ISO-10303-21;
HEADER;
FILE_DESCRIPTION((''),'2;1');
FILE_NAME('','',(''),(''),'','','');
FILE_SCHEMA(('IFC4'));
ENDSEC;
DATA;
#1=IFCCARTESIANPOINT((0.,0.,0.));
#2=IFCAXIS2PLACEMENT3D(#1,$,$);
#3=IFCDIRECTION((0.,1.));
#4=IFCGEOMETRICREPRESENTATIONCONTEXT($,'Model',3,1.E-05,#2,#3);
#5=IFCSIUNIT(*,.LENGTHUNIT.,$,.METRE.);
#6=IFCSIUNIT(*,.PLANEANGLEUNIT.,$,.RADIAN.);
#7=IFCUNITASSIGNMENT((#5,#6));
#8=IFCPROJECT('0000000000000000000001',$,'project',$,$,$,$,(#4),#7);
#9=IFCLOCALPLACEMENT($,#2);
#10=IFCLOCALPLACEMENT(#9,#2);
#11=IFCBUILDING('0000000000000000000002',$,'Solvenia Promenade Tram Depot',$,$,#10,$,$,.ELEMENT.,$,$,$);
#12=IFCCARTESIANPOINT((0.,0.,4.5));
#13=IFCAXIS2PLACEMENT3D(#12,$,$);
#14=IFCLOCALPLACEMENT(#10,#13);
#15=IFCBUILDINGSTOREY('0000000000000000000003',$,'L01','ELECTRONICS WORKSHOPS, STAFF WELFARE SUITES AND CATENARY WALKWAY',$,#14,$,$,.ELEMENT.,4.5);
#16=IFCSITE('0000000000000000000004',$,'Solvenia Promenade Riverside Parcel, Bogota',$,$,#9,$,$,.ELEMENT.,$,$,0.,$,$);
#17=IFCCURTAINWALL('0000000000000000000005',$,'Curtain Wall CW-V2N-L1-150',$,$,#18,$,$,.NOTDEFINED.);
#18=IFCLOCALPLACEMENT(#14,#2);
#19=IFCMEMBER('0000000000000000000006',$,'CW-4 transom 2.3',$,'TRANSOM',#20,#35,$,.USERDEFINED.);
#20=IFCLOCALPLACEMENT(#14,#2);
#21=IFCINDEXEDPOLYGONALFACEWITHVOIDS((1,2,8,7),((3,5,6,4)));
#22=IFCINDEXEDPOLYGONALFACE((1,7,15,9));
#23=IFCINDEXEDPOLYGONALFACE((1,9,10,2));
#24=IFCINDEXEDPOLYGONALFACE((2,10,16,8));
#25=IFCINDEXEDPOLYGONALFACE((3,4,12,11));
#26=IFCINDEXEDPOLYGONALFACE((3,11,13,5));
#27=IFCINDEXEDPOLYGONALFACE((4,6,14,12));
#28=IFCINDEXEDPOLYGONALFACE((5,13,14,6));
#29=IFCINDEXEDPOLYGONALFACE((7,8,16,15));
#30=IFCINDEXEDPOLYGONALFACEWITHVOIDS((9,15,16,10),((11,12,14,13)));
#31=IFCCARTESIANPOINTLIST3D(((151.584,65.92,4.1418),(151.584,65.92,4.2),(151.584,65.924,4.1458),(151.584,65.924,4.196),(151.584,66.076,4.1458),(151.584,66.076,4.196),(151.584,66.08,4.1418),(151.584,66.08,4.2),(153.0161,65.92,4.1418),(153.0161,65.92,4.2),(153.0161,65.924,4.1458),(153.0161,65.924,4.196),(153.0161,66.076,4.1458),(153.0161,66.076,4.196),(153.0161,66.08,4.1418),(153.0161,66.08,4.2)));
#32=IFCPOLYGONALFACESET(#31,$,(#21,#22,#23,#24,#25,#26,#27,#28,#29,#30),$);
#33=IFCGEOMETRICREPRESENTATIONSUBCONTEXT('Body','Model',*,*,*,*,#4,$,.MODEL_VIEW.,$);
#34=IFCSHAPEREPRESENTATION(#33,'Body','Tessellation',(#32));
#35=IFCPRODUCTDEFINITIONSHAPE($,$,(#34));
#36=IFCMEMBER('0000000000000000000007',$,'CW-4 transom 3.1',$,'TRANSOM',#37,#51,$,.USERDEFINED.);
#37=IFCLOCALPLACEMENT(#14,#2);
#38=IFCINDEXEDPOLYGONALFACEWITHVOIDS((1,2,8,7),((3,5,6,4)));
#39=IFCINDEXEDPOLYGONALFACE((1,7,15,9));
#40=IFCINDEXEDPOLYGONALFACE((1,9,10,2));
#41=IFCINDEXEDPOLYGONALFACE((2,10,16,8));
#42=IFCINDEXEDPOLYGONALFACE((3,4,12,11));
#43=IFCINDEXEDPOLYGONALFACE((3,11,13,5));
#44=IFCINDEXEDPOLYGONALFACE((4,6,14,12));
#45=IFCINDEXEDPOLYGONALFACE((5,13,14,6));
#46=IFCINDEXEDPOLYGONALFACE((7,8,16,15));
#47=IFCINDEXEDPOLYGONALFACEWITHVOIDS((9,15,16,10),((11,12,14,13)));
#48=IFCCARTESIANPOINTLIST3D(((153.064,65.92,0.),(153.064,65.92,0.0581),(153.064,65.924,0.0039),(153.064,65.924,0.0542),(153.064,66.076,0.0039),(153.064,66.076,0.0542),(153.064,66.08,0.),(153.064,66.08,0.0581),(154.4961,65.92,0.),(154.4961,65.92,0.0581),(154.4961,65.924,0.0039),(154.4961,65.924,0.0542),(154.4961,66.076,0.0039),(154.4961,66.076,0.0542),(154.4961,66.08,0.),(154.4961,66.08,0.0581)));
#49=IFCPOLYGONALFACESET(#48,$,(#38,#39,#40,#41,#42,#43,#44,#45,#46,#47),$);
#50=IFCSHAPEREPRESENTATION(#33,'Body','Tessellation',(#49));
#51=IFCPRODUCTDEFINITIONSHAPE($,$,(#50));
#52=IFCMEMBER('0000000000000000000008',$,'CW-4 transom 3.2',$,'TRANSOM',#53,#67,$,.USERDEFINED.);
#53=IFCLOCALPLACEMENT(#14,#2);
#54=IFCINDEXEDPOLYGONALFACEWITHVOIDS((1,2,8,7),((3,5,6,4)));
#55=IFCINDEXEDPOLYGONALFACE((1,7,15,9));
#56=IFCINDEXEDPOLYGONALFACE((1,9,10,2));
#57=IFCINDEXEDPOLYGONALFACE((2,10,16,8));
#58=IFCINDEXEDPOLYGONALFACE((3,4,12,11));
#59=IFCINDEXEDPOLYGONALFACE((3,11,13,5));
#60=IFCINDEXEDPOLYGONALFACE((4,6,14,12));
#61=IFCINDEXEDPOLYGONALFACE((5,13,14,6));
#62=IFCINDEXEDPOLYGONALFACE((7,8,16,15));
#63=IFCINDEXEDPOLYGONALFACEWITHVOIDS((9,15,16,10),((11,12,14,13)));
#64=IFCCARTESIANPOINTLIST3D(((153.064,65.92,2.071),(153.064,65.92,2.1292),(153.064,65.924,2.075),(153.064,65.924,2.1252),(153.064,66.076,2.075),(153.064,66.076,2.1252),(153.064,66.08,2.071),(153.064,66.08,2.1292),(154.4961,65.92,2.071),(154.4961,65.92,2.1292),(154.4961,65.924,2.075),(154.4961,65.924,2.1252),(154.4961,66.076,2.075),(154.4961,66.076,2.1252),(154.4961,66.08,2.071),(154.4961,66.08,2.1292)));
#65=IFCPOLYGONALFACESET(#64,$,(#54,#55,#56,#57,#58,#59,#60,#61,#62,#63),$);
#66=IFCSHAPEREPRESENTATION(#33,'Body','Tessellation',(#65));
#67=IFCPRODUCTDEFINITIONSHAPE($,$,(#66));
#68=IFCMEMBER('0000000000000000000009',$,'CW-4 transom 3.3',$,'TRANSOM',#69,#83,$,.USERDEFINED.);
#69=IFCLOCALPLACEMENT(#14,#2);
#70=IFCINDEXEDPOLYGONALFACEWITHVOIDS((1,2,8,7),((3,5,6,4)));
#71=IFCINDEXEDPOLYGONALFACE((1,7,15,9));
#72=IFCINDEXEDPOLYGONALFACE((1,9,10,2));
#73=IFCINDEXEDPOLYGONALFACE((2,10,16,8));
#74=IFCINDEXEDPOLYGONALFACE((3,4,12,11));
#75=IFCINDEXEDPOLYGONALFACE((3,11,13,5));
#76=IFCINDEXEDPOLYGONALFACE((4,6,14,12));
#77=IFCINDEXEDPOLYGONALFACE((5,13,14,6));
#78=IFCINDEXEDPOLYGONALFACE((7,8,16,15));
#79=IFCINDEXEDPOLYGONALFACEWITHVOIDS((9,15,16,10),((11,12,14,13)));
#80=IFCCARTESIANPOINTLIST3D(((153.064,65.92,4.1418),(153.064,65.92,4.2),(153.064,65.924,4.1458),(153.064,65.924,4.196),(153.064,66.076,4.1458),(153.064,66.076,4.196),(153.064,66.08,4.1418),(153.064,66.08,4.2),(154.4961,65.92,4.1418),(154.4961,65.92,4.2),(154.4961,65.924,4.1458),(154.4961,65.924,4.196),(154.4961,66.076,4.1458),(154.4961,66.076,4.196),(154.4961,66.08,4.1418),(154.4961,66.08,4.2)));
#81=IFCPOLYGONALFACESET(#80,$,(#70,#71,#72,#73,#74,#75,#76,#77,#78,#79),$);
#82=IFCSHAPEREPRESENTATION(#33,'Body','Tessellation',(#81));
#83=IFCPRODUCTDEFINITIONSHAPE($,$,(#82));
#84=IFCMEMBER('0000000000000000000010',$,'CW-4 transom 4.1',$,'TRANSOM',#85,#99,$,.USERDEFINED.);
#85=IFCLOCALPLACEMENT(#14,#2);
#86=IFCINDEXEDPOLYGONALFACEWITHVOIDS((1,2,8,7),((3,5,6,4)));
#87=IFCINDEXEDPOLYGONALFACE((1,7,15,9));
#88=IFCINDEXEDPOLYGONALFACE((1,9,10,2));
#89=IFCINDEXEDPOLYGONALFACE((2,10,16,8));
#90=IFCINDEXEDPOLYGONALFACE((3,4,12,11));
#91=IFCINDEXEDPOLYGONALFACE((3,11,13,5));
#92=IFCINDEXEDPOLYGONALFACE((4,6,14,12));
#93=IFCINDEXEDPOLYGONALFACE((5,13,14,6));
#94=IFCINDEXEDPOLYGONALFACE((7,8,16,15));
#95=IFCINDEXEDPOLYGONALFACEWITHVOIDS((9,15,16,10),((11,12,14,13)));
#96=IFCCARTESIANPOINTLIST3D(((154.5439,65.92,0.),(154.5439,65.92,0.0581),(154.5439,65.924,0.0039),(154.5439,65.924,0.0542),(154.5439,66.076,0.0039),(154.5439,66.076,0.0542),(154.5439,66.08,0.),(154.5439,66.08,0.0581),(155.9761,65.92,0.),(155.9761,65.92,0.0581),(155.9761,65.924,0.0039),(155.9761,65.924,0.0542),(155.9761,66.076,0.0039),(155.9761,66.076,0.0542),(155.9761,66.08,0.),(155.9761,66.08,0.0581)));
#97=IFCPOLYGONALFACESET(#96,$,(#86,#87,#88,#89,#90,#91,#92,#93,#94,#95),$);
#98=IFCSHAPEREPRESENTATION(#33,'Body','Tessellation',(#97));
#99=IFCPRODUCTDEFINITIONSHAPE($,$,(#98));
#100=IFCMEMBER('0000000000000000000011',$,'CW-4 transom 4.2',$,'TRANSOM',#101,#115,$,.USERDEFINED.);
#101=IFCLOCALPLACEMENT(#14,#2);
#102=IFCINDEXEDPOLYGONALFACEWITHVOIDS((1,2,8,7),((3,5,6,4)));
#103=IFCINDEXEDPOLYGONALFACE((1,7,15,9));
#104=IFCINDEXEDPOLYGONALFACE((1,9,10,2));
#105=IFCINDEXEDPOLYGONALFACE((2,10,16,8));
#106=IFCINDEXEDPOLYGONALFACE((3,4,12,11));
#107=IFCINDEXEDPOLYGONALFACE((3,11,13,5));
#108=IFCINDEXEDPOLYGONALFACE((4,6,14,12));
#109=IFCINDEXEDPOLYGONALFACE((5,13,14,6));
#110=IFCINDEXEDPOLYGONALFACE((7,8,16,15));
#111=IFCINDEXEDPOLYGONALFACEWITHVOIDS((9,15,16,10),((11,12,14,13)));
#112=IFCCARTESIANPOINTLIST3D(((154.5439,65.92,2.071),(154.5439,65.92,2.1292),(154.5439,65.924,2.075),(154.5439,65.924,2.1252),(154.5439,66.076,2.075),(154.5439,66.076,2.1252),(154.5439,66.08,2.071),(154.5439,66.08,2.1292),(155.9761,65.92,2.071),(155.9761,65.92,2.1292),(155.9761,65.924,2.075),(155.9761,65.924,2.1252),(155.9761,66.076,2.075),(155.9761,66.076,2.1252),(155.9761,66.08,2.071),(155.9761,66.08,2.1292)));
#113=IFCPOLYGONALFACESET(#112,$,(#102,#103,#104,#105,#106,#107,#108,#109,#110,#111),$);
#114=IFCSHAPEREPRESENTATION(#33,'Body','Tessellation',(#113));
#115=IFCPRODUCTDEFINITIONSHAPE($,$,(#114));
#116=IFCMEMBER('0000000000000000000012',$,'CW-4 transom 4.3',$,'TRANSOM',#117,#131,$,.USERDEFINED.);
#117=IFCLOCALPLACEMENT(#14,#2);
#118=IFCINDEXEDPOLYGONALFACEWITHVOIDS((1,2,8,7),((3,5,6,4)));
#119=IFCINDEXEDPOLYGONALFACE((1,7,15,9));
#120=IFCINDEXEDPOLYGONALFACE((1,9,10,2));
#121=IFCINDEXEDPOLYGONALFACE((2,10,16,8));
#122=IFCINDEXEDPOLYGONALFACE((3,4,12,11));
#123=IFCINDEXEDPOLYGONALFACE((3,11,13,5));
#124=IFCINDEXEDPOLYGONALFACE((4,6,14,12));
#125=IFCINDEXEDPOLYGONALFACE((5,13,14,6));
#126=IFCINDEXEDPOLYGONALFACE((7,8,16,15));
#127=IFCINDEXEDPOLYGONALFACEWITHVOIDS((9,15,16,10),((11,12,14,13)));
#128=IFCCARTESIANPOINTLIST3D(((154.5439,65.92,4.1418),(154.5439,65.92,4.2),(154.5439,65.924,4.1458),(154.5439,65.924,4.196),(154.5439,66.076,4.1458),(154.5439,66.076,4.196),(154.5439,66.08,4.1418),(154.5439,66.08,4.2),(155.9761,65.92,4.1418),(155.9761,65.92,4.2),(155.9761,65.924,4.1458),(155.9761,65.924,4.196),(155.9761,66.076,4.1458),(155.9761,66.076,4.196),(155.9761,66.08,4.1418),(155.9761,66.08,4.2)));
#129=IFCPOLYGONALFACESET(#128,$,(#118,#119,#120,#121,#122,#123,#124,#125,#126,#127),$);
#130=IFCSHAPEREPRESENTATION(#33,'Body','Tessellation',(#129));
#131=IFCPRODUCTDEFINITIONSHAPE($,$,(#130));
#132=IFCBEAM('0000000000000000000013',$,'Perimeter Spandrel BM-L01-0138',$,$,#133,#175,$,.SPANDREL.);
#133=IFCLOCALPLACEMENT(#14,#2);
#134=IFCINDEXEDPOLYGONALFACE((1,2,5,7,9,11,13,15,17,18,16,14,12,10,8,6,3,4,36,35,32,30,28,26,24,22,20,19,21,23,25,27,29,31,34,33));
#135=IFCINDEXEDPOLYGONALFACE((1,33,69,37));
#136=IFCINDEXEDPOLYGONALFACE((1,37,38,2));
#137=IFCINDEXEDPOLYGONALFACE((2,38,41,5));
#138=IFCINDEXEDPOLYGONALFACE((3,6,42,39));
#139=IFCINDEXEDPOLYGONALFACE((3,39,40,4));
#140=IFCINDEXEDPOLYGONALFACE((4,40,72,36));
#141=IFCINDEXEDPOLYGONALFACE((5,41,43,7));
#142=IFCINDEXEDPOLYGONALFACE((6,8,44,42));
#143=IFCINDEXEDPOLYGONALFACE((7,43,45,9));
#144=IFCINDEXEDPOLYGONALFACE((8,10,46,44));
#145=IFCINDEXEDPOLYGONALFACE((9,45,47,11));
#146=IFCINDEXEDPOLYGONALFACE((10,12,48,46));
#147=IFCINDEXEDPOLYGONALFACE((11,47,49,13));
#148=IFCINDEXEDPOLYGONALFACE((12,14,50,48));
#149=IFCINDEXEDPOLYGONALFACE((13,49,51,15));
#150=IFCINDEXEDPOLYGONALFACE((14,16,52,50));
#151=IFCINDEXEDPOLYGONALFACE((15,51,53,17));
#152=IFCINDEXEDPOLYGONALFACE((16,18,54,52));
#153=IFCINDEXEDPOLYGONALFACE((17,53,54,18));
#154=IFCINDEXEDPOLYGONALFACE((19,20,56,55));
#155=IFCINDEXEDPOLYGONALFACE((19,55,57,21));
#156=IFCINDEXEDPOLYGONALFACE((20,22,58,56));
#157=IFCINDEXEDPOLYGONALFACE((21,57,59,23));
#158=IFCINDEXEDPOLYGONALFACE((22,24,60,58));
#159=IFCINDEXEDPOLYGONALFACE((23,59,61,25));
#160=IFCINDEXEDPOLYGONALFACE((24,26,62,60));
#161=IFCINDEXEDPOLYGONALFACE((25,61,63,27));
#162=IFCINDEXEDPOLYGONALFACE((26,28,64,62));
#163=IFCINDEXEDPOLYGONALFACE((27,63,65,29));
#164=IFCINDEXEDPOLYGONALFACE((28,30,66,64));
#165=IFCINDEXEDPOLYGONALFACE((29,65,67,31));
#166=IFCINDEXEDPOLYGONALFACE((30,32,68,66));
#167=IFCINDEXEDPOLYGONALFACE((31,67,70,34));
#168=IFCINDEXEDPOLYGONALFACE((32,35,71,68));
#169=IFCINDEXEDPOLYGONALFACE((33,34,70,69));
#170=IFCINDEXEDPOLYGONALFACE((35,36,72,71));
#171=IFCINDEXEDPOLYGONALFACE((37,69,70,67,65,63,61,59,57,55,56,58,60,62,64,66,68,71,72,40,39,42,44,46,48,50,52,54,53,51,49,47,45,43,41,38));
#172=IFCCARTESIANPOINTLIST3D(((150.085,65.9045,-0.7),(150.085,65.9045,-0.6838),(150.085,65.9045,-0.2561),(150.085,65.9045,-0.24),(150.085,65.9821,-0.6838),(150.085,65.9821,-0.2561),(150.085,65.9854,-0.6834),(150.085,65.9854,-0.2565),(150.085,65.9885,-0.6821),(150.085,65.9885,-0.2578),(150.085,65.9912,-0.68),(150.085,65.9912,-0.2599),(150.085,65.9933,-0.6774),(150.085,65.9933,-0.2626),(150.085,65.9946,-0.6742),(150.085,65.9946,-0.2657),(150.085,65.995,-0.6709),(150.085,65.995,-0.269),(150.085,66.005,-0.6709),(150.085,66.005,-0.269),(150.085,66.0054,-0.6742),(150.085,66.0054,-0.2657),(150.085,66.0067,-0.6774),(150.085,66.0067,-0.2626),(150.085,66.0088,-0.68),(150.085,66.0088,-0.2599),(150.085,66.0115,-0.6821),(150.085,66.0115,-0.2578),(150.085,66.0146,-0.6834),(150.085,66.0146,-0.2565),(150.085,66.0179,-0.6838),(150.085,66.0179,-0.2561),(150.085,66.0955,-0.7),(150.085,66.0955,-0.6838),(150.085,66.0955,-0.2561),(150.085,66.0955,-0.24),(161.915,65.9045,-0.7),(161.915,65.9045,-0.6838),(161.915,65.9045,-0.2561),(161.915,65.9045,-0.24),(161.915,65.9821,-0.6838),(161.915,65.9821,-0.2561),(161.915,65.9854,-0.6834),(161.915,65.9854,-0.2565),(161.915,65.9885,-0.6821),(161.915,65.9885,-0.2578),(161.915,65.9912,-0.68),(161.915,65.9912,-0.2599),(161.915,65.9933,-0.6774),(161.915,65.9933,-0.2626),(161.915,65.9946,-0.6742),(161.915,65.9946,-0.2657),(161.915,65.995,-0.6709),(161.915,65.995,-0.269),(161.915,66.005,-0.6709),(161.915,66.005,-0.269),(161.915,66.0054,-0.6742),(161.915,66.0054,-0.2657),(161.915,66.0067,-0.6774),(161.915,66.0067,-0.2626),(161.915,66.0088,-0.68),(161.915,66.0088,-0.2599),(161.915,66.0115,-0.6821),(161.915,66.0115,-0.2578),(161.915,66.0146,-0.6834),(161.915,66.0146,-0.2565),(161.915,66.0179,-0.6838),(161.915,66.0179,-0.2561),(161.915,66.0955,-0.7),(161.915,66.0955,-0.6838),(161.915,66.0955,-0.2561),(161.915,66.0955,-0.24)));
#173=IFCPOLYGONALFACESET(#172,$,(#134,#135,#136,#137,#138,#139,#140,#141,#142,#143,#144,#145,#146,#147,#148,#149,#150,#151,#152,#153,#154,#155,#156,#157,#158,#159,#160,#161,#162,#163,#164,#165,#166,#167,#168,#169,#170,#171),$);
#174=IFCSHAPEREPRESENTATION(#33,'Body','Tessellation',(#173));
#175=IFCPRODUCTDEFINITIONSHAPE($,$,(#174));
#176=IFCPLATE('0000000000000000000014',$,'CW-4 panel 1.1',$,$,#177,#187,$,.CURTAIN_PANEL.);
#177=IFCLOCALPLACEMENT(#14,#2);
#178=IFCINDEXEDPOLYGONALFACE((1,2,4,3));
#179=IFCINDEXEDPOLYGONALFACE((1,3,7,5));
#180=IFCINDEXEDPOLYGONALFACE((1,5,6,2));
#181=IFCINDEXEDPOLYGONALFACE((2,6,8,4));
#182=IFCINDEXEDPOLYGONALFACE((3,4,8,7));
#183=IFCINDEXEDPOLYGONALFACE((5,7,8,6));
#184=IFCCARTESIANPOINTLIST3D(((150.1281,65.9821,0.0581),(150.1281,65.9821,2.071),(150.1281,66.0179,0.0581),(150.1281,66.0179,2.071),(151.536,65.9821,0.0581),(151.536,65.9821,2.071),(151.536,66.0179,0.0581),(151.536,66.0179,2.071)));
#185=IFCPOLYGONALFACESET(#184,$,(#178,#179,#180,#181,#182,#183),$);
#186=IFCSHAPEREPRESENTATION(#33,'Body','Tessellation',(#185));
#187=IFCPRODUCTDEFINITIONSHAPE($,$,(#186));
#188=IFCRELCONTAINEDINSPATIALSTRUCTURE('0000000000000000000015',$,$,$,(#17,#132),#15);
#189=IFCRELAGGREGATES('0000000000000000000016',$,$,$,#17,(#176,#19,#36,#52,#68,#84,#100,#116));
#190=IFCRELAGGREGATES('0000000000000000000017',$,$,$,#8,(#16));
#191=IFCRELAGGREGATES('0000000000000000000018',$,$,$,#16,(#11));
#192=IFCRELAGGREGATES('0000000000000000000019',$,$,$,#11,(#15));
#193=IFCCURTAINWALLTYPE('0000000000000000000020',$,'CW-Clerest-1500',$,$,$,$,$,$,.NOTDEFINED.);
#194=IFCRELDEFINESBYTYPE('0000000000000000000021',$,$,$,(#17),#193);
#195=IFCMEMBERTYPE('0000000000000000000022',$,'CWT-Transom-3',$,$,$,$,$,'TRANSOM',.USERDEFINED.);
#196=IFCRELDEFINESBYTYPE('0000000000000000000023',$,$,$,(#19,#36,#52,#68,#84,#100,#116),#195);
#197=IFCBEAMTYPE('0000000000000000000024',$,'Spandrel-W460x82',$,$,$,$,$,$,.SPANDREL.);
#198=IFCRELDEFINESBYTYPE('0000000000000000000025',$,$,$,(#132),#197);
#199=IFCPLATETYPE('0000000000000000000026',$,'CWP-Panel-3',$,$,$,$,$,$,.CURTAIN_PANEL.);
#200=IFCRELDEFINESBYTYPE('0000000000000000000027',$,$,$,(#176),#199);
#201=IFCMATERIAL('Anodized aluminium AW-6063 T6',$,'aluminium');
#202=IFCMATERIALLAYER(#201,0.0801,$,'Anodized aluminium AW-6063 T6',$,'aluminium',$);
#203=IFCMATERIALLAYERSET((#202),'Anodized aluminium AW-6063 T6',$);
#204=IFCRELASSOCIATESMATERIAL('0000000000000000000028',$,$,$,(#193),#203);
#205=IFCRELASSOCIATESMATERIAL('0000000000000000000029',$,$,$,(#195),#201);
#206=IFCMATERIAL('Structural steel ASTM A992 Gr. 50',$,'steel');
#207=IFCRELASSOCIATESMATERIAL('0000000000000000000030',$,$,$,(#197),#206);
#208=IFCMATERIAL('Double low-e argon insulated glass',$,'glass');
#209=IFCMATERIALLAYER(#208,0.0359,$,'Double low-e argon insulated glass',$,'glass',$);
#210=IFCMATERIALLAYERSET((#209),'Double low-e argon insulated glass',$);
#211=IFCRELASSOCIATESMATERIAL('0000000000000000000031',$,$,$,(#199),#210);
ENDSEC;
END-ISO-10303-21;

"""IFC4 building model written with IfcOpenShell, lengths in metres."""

from ifc_helpers import new_model, si_unit, direction, frame, origin, origin_2d, place, context, subcontext, project, spatial, rectangle, hollow_rectangle, i_section, extrude, material, layer, layer_set, material_profile, profile_set, type_object, element, aggregate, save


model = new_model("IFC4")

# Units and contexts
model_context = context("Model", 3, precision=1e-05, world=origin(), true_north=direction((0.0, 1.0)))
body_context = subcontext(model_context, "Body", "Model", "MODEL_VIEW")
ifc_project = project(units=[si_unit("LENGTHUNIT", "METRE"), si_unit("PLANEANGLEUNIT", "RADIAN")], contexts=[model_context])

# Site, building, storey
site_placement = place(None, origin())
site = spatial("IfcSite", under=ifc_project, at=site_placement, Name="Solvenia Promenade Riverside Parcel, Bogota", CompositionType="ELEMENT", RefElevation=0.0)
building_placement = place(site_placement, origin())
building = spatial("IfcBuilding", under=site, at=building_placement, Name="Solvenia Promenade Tram Depot", CompositionType="ELEMENT")
storey_placement = place(building_placement, frame((0.0, 0.0, 4.5)))
storey = spatial("IfcBuildingStorey", under=building, at=storey_placement, Name="L01", Description="ELECTRONICS WORKSHOPS, STAFF WELFARE SUITES AND CATENARY WALKWAY", CompositionType="ELEMENT", Elevation=4.5)

# Curtain wall
ifc_material_1 = material(Name="Anodized aluminium AW-6063 T6", Category="aluminium")
ifc_layer_1 = layer(ifc_material_1, 0.0801, Name="Anodized aluminium AW-6063 T6", Category="aluminium")
ifc_layer_set_1 = layer_set([ifc_layer_1], Name="Anodized aluminium AW-6063 T6")
curtain_wall_type_1 = type_object("IfcCurtainWallType", Name="CW-Clerest-1500", PredefinedType="NOTDEFINED", material=ifc_layer_set_1)
curtain_wall_1_placement = place(storey_placement, origin())
curtain_wall_1 = element("IfcCurtainWall", 1, at=curtain_wall_1_placement, inside=storey, type_object=curtain_wall_type_1, Name="Curtain Wall CW-V2N-L1-150", PredefinedType="NOTDEFINED")

# Members
ifc_material_profile_1 = material_profile(ifc_material_1, hollow_rectangle(XDim=0.1599, YDim=0.0581, WallThickness=0.0039, at=origin_2d()), Name="ALU-T3", Category="aluminium")
ifc_profile_set_1 = profile_set([ifc_material_profile_1], Name="Anodized aluminium AW-6063 T6")
member_type_1 = type_object("IfcMemberType", Name="CWT-Transom-3", ElementType="TRANSOM", PredefinedType="USERDEFINED", material=ifc_profile_set_1)
member_1_placement = place(storey_placement, frame((151.584, 66.0, 4.1709), z_axis=(1.0, 0.0, 0.0), x_axis=(0.0, 1.0, 0.0)))
member_1 = element("IfcMember", 2, at=member_1_placement, type_object=member_type_1, Name="CW-4 transom 2.3", ObjectType="TRANSOM", PredefinedType="USERDEFINED", context=body_context, shape_type="SweptSolid", body=[
    extrude(hollow_rectangle(XDim=0.1599, YDim=0.0581, WallThickness=0.0039, at=origin_2d()), origin(), (0.0, 0.0, 1.0), 1.4321),
])
member_2_placement = place(storey_placement, frame((153.064, 66.0, 0.0291), z_axis=(1.0, 0.0, 0.0), x_axis=(0.0, 1.0, 0.0)))
member_2 = element("IfcMember", 3, at=member_2_placement, type_object=member_type_1, Name="CW-4 transom 3.1", ObjectType="TRANSOM", PredefinedType="USERDEFINED", context=body_context, shape_type="SweptSolid", body=[
    extrude(hollow_rectangle(XDim=0.1599, YDim=0.0581, WallThickness=0.0039, at=origin_2d()), origin(), (0.0, 0.0, 1.0), 1.4321),
])
member_3_placement = place(storey_placement, frame((153.064, 66.0, 2.1001), z_axis=(1.0, 0.0, 0.0), x_axis=(0.0, 1.0, 0.0)))
member_3 = element("IfcMember", 4, at=member_3_placement, type_object=member_type_1, Name="CW-4 transom 3.2", ObjectType="TRANSOM", PredefinedType="USERDEFINED", context=body_context, shape_type="SweptSolid", body=[
    extrude(hollow_rectangle(XDim=0.1599, YDim=0.0581, WallThickness=0.0039, at=origin_2d()), origin(), (0.0, 0.0, 1.0), 1.4321),
])
member_4_placement = place(storey_placement, frame((153.064, 66.0, 4.1709), z_axis=(1.0, 0.0, 0.0), x_axis=(0.0, 1.0, 0.0)))
member_4 = element("IfcMember", 5, at=member_4_placement, type_object=member_type_1, Name="CW-4 transom 3.3", ObjectType="TRANSOM", PredefinedType="USERDEFINED", context=body_context, shape_type="SweptSolid", body=[
    extrude(hollow_rectangle(XDim=0.1599, YDim=0.0581, WallThickness=0.0039, at=origin_2d()), origin(), (0.0, 0.0, 1.0), 1.4321),
])
member_5_placement = place(storey_placement, frame((154.5439, 66.0, 0.0291), z_axis=(1.0, 0.0, 0.0), x_axis=(0.0, 1.0, 0.0)))
member_5 = element("IfcMember", 6, at=member_5_placement, type_object=member_type_1, Name="CW-4 transom 4.1", ObjectType="TRANSOM", PredefinedType="USERDEFINED", context=body_context, shape_type="SweptSolid", body=[
    extrude(hollow_rectangle(XDim=0.1599, YDim=0.0581, WallThickness=0.0039, at=origin_2d()), origin(), (0.0, 0.0, 1.0), 1.4321),
])
member_6_placement = place(storey_placement, frame((154.5439, 66.0, 2.1001), z_axis=(1.0, 0.0, 0.0), x_axis=(0.0, 1.0, 0.0)))
member_6 = element("IfcMember", 7, at=member_6_placement, type_object=member_type_1, Name="CW-4 transom 4.2", ObjectType="TRANSOM", PredefinedType="USERDEFINED", context=body_context, shape_type="SweptSolid", body=[
    extrude(hollow_rectangle(XDim=0.1599, YDim=0.0581, WallThickness=0.0039, at=origin_2d()), origin(), (0.0, 0.0, 1.0), 1.4321),
])
member_7_placement = place(storey_placement, frame((154.5439, 66.0, 4.1709), z_axis=(1.0, 0.0, 0.0), x_axis=(0.0, 1.0, 0.0)))
member_7 = element("IfcMember", 8, at=member_7_placement, type_object=member_type_1, Name="CW-4 transom 4.3", ObjectType="TRANSOM", PredefinedType="USERDEFINED", context=body_context, shape_type="SweptSolid", body=[
    extrude(hollow_rectangle(XDim=0.1599, YDim=0.0581, WallThickness=0.0039, at=origin_2d()), origin(), (0.0, 0.0, 1.0), 1.4321),
])

# Beam
ifc_material_2 = material(Name="Structural steel ASTM A992 Gr. 50", Category="steel")
ifc_material_profile_2 = material_profile(ifc_material_2, i_section(OverallWidth=0.1909, OverallDepth=0.46, WebThickness=0.01, FlangeThickness=0.0161, FilletRadius=0.0129, at=origin_2d()), Name="W460x82", Category="steel")
ifc_profile_set_2 = profile_set([ifc_material_profile_2], Name="Structural steel ASTM A992 Gr. 50")
beam_type = type_object("IfcBeamType", Name="Spandrel-W460x82", PredefinedType="SPANDREL", material=ifc_profile_set_2)
beam_placement = place(storey_placement, frame((150.085, 66.0, -0.47), z_axis=(1.0, 0.0, 0.0), x_axis=(0.0, 1.0, 0.0)))
element("IfcBeam", 9, at=beam_placement, inside=storey, type_object=beam_type, Name="Perimeter Spandrel BM-L01-0138", PredefinedType="SPANDREL", context=body_context, shape_type="SweptSolid", body=[
    extrude(i_section(OverallWidth=0.1909, OverallDepth=0.46, WebThickness=0.01, FlangeThickness=0.0161, FilletRadius=0.0129, at=origin_2d()), origin(), (0.0, 0.0, 1.0), 11.8301),
])

# Plate
ifc_material_3 = material(Name="Double low-e argon insulated glass", Category="glass")
ifc_layer_2 = layer(ifc_material_3, 0.0359, Name="Double low-e argon insulated glass", Category="glass")
ifc_layer_set_2 = layer_set([ifc_layer_2], Name="Double low-e argon insulated glass")
plate_type = type_object("IfcPlateType", Name="CWP-Panel-3", PredefinedType="CURTAIN_PANEL", material=ifc_layer_set_2)
plate_1_placement = place(storey_placement, frame((150.832, 66.0, 0.0581), z_axis=(0.0, 0.0, 1.0), x_axis=(1.0, 0.0, 0.0)))
plate_1 = element("IfcPlate", 10, at=plate_1_placement, type_object=plate_type, Name="CW-4 panel 1.1", PredefinedType="CURTAIN_PANEL", context=body_context, shape_type="SweptSolid", body=[
    extrude(rectangle(XDim=1.408, YDim=0.0359, at=origin_2d()), origin(), (0.0, 0.0, 1.0), 2.0129),
])
aggregate(curtain_wall_1, [plate_1, member_1, member_2, member_3, member_4, member_5, member_6, member_7])

save(model, "model.ifc")
